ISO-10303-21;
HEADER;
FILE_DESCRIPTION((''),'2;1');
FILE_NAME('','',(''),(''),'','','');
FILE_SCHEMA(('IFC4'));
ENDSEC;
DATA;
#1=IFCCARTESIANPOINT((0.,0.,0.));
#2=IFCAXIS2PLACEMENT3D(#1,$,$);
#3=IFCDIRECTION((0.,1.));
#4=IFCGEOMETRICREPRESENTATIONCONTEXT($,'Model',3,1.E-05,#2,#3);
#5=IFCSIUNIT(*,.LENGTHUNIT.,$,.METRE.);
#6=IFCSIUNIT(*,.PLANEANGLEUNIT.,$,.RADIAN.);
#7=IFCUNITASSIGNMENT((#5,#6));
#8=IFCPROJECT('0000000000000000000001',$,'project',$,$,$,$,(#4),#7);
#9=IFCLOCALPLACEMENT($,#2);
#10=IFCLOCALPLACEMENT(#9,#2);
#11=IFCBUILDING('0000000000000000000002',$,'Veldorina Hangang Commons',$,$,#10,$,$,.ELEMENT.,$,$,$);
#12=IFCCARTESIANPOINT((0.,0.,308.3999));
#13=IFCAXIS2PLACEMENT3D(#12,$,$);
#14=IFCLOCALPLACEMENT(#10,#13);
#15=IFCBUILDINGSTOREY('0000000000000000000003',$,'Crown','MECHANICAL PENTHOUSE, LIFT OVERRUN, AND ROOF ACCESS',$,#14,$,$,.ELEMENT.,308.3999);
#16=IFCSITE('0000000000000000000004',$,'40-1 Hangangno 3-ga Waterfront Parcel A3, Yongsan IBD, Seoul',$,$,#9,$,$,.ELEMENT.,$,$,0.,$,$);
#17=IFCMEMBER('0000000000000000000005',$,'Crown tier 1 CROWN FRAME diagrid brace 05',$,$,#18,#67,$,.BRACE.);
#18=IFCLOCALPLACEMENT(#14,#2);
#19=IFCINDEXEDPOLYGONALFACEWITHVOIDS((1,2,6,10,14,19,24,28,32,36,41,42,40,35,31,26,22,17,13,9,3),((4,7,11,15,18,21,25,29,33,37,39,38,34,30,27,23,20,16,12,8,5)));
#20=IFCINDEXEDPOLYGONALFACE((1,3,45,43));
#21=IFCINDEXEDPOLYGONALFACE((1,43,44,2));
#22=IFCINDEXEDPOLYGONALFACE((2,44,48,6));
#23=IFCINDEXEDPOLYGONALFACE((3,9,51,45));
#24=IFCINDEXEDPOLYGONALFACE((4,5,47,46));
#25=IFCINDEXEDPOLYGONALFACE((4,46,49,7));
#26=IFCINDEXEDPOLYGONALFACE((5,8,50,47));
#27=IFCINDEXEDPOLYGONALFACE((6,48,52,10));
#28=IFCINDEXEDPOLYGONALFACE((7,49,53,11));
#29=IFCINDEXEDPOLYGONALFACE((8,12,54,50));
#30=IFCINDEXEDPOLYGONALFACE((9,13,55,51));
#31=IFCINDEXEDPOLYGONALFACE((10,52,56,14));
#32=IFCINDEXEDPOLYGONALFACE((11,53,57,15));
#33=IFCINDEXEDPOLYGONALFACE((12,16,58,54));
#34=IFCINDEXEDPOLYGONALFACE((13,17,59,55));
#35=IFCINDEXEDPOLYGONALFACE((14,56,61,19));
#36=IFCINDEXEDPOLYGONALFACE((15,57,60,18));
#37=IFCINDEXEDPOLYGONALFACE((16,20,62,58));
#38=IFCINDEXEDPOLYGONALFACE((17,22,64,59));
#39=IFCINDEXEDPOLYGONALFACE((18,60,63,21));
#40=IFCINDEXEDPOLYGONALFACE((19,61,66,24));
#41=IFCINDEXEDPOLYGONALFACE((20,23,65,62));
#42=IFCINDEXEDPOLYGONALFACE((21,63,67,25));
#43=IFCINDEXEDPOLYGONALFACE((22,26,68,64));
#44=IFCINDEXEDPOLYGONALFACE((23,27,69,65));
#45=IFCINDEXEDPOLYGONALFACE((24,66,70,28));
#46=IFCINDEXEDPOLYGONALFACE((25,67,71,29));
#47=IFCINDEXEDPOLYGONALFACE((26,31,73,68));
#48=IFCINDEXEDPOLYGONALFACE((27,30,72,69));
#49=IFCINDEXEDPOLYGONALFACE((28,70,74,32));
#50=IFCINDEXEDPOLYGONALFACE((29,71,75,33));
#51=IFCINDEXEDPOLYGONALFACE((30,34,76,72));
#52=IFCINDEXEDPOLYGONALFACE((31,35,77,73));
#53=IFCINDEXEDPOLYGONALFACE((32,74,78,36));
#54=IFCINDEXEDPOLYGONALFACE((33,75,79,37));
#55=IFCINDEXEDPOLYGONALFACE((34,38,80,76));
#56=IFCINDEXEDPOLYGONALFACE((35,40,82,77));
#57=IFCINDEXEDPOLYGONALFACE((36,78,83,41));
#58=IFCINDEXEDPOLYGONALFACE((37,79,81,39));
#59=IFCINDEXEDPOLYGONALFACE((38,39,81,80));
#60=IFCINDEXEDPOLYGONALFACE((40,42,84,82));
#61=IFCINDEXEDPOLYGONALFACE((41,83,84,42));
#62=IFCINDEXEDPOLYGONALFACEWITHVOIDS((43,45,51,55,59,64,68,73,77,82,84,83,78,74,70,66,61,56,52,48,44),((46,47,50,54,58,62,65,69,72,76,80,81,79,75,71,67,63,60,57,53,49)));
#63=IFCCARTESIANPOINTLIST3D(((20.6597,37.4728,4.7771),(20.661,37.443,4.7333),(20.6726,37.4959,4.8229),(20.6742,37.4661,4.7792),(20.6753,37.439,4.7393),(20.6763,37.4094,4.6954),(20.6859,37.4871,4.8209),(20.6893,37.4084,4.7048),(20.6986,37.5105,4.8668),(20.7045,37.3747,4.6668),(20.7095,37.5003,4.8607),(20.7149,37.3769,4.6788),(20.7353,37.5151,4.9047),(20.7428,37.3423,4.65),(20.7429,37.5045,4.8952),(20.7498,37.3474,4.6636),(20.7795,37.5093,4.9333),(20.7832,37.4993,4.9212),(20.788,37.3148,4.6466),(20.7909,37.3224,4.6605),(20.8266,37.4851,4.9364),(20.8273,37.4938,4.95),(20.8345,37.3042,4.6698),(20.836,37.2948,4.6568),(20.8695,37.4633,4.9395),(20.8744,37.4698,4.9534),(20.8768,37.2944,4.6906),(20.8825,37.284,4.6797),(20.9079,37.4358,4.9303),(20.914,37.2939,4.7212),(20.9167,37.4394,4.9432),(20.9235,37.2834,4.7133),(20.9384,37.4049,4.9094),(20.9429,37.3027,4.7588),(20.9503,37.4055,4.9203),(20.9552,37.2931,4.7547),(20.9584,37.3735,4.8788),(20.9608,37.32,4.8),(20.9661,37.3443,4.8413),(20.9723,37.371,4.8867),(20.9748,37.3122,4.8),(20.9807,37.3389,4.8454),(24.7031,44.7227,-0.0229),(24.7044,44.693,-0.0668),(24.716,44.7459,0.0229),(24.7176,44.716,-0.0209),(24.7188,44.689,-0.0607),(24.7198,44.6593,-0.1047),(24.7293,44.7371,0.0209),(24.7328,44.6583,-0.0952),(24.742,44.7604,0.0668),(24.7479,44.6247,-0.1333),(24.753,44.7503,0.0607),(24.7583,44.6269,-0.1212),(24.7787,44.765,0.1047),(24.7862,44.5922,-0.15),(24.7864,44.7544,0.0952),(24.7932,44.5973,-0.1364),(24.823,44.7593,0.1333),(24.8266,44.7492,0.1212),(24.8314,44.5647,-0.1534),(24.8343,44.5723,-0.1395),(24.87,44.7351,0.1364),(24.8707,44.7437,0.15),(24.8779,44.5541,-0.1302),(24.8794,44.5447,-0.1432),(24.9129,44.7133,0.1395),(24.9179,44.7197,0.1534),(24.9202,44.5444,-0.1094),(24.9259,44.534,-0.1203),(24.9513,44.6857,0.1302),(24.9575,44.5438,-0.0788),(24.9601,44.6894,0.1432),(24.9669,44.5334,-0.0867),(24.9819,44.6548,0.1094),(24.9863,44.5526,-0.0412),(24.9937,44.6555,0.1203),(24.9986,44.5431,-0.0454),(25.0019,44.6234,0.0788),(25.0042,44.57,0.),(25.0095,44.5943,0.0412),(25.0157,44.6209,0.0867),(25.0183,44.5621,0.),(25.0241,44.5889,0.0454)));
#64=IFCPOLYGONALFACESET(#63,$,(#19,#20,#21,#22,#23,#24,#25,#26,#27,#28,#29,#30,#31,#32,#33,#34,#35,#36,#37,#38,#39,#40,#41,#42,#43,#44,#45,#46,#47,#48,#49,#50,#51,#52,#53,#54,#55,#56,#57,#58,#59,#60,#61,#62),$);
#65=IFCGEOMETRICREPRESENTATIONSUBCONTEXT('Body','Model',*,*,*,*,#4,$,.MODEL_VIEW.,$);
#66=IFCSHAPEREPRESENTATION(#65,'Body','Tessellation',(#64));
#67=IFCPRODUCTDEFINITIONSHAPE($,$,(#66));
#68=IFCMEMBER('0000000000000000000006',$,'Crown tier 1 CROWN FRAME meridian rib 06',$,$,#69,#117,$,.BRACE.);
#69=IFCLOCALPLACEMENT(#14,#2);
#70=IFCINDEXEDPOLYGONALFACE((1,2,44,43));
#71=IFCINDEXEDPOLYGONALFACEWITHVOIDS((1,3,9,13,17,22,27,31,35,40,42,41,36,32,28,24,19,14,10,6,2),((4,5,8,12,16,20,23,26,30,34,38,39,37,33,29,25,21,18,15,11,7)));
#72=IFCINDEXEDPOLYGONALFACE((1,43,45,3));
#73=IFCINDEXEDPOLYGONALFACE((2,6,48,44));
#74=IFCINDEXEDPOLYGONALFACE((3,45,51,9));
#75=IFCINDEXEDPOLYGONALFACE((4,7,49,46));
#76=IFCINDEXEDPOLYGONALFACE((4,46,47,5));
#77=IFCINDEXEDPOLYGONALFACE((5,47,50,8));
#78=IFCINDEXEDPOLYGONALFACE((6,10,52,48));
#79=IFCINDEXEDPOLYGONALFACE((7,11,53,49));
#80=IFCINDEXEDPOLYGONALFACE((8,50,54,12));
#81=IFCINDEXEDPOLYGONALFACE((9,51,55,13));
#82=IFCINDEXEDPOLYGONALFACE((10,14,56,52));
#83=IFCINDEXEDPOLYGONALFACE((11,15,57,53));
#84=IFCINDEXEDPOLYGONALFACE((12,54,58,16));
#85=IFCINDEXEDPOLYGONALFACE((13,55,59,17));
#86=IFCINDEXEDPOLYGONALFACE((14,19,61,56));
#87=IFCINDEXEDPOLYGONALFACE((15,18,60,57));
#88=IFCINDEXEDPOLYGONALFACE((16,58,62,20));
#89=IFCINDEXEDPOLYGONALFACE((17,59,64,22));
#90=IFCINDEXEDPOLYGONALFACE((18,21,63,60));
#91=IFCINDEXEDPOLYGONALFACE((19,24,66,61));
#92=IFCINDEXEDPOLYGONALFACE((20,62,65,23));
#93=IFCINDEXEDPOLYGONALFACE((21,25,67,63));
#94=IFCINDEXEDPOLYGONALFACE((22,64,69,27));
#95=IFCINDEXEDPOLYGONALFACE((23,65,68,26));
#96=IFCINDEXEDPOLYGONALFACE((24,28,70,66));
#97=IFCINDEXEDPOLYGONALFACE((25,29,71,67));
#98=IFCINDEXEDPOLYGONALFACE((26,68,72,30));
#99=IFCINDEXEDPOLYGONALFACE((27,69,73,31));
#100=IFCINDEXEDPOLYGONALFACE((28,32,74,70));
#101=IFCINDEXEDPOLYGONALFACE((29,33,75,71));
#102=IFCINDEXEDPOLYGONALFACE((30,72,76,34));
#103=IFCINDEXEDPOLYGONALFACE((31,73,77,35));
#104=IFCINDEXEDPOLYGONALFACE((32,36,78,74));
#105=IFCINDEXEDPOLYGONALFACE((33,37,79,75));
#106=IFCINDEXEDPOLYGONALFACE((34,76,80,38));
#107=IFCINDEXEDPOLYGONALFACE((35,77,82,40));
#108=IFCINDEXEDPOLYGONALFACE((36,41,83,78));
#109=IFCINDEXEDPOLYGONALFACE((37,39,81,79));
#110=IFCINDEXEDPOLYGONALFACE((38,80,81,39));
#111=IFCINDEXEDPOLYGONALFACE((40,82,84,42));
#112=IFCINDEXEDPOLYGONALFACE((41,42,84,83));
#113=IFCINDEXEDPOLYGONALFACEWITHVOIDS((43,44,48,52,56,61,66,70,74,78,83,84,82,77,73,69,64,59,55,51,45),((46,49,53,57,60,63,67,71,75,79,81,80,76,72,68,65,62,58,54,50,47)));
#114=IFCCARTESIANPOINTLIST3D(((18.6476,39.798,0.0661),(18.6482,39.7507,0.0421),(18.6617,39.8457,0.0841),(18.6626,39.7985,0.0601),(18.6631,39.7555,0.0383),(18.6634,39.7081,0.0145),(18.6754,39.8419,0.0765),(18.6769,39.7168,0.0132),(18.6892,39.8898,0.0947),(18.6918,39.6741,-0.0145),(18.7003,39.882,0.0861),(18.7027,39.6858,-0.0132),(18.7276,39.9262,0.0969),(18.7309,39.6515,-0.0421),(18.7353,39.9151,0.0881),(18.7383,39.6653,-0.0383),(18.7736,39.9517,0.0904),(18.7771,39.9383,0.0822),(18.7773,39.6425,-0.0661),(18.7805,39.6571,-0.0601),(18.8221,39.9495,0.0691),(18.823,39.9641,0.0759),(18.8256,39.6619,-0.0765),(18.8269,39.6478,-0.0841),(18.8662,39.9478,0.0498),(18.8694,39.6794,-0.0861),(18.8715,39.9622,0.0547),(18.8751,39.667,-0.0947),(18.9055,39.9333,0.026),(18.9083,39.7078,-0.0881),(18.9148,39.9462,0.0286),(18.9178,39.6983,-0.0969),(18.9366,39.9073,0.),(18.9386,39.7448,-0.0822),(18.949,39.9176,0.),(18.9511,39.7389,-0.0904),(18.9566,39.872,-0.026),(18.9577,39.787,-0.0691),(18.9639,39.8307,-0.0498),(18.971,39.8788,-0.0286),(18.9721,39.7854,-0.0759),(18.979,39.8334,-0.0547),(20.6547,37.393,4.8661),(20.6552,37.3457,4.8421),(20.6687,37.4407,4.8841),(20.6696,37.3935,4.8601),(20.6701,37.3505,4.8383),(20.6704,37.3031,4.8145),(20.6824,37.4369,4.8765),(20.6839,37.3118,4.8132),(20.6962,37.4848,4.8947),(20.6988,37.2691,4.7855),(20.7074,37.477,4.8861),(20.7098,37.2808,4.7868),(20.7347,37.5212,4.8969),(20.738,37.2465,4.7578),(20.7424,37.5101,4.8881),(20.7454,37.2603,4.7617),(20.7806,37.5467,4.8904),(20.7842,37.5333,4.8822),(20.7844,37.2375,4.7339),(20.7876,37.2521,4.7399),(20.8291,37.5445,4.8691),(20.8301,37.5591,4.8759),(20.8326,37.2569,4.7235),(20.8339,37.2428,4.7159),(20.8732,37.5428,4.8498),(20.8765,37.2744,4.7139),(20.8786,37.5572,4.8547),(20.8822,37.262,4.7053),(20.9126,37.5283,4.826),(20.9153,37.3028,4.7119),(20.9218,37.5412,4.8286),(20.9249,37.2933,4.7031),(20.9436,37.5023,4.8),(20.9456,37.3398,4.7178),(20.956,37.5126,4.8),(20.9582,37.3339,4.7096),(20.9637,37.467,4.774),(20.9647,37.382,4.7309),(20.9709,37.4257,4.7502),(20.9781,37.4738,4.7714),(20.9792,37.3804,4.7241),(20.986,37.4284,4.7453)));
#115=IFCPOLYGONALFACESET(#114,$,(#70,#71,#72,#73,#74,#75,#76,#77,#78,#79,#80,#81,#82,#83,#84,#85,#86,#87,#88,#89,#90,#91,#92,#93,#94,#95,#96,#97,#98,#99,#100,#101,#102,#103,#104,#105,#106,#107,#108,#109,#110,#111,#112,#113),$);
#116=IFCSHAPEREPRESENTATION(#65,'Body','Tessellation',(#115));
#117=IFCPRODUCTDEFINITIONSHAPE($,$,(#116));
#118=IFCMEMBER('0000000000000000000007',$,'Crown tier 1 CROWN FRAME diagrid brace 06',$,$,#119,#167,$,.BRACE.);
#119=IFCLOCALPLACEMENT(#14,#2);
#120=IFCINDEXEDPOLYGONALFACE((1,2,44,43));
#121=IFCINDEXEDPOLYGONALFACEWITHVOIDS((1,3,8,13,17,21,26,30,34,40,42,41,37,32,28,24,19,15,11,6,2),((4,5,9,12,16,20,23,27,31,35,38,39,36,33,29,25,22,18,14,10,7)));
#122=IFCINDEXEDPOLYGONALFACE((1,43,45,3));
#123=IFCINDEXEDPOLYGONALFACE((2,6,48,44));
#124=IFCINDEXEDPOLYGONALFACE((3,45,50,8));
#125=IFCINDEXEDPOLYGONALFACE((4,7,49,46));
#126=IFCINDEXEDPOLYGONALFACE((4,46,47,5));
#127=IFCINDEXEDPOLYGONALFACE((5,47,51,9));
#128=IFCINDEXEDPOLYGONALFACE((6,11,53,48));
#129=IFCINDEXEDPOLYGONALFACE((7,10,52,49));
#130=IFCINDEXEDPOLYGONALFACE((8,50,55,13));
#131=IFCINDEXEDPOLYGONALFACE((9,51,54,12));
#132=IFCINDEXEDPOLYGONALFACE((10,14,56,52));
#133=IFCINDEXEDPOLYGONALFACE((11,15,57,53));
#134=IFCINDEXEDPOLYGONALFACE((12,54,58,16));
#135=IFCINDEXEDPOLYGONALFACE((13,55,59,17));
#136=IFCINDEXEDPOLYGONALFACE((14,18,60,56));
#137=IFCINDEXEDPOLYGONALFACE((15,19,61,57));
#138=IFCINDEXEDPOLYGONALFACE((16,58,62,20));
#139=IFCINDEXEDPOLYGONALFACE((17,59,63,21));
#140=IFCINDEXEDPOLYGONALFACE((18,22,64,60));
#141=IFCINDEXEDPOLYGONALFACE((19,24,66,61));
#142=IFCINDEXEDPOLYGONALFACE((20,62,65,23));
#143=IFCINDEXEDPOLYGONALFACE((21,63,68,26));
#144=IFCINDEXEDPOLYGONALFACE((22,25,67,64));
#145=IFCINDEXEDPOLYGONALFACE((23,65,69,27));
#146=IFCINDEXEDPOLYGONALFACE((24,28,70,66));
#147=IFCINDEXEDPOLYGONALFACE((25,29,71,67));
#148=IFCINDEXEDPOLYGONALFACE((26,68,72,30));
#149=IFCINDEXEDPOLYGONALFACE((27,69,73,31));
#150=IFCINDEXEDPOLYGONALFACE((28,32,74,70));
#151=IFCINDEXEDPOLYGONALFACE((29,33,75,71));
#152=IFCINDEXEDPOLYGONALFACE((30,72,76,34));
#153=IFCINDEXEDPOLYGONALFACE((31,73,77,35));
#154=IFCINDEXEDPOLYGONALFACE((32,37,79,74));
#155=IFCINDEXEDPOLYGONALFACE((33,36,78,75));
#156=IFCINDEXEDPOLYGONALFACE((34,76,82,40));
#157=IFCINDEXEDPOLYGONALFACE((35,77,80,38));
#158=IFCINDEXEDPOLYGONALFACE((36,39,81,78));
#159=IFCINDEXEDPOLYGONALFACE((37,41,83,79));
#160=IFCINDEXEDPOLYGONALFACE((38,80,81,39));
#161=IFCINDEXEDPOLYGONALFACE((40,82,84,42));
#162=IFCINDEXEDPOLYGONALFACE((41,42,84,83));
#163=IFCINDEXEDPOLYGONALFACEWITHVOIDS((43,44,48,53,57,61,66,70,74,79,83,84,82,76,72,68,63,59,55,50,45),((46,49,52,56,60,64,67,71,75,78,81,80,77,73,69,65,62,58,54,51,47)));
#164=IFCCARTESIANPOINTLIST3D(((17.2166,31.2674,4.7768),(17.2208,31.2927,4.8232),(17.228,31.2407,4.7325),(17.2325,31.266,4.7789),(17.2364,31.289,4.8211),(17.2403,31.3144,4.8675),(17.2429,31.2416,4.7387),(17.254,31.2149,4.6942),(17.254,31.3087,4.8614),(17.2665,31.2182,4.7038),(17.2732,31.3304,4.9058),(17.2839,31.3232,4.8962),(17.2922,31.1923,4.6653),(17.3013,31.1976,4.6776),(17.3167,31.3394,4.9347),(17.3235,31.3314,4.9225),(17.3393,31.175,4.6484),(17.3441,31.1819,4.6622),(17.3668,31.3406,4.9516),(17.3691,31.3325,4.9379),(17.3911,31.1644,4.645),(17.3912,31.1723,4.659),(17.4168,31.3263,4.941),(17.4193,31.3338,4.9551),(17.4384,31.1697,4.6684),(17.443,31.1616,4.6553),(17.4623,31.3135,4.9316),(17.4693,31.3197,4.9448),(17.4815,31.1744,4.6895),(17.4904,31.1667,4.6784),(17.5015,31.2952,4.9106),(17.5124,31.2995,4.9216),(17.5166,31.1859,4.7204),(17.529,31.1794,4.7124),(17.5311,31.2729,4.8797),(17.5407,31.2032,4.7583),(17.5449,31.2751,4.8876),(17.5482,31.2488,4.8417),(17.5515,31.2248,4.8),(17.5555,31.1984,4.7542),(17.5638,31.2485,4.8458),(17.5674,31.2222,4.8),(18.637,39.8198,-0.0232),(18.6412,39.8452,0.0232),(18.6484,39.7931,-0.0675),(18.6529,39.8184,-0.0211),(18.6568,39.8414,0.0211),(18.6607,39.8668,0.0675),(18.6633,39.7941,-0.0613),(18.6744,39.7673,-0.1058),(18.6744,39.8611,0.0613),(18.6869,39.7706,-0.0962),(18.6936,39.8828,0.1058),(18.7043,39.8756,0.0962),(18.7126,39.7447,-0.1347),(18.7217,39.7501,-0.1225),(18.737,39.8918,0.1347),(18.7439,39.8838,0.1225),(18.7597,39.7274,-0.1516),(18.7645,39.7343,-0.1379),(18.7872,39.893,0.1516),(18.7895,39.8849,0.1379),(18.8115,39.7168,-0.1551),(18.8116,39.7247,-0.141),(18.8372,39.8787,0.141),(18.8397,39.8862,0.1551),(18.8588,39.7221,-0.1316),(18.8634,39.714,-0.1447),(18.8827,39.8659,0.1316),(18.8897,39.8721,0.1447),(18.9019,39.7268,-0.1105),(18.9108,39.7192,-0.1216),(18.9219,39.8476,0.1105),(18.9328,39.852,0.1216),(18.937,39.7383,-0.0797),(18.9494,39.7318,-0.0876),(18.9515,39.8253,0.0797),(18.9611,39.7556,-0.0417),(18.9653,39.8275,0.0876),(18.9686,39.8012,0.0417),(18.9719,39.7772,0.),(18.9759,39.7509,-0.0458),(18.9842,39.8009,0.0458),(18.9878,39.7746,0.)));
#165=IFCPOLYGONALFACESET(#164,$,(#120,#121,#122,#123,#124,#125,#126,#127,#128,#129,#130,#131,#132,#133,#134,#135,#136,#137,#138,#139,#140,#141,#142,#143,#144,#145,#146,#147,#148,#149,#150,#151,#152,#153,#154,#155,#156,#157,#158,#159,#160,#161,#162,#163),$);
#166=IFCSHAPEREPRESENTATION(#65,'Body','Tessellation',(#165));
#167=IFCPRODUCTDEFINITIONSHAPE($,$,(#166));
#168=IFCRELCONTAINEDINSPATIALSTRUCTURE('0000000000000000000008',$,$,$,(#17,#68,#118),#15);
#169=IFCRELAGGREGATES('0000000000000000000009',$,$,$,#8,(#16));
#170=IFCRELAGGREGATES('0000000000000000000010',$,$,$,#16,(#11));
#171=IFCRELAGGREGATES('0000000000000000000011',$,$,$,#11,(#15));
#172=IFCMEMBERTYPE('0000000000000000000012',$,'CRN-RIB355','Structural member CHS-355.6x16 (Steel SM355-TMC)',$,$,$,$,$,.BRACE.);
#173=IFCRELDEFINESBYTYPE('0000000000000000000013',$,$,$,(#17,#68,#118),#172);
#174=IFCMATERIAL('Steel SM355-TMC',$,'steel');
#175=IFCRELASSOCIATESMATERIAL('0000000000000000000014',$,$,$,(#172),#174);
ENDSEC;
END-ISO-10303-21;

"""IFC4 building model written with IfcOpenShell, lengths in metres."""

from ifc_helpers import new_model, si_unit, direction, frame, origin, origin_2d, place, context, subcontext, project, spatial, hollow_circle, extrude, material, material_profile, profile_set, type_object, element, save


model = new_model("IFC4")

# Units and contexts
model_context = context("Model", 3, precision=1e-05, world=origin(), true_north=direction((0.0, 1.0)))
body_context = subcontext(model_context, "Body", "Model", "MODEL_VIEW")
ifc_project = project(units=[si_unit("LENGTHUNIT", "METRE"), si_unit("PLANEANGLEUNIT", "RADIAN")], contexts=[model_context])

# Site, building, storey
site_placement = place(None, origin())
site = spatial("IfcSite", under=ifc_project, at=site_placement, Name="40-1 Hangangno 3-ga Waterfront Parcel A3, Yongsan IBD, Seoul", CompositionType="ELEMENT", RefElevation=0.0)
building_placement = place(site_placement, origin())
building = spatial("IfcBuilding", under=site, at=building_placement, Name="Veldorina Hangang Commons", CompositionType="ELEMENT")
storey_placement = place(building_placement, frame((0.0, 0.0, 308.3999)))
storey = spatial("IfcBuildingStorey", under=building, at=storey_placement, Name="Crown", Description="MECHANICAL PENTHOUSE, LIFT OVERRUN, AND ROOF ACCESS", CompositionType="ELEMENT", Elevation=308.3999)

# Members
ifc_material_1 = material(Name="Steel SM355-TMC", Category="steel")
ifc_material_profile_1 = material_profile(ifc_material_1, hollow_circle(Radius=0.1777, WallThickness=0.0161, at=origin_2d()), Name="CHS-355.6x16")
ifc_profile_set_1 = profile_set([ifc_material_profile_1], Name="Steel SM355-TMC")
member_type_1 = type_object("IfcMemberType", Name="CRN-RIB355", Description="Structural member CHS-355.6x16 (Steel SM355-TMC)", PredefinedType="BRACE", material=ifc_profile_set_1)
member_1_placement = place(storey_placement, frame((24.863, 44.6487, 0.0), z_axis=(-0.421668, -0.75606, 0.500569), x_axis=(0.873354, -0.487086, 0.0)))
element("IfcMember", 1, at=member_1_placement, inside=storey, type_object=member_type_1, Name="Crown tier 1 CROWN FRAME diagrid brace 05", PredefinedType="BRACE", context=body_context, shape_type="SweptSolid", body=[
    extrude(hollow_circle(Radius=0.1777, WallThickness=0.0161, at=origin_2d()), origin(), (0.0, 0.0, 1.0), 9.5891),
])
member_2_placement = place(storey_placement, frame((18.8125, 39.8037, 0.0), z_axis=(0.350169, -0.419597, 0.837448), x_axis=(0.767768, 0.640729, 0.0)))
element("IfcMember", 2, at=member_2_placement, inside=storey, type_object=member_type_1, Name="Crown tier 1 CROWN FRAME meridian rib 06", PredefinedType="BRACE", context=body_context, shape_type="SweptSolid", body=[
    extrude(hollow_circle(Radius=0.1777, WallThickness=0.0161, at=origin_2d()), origin(), (0.0, 0.0, 1.0), 5.7317),
])
member_3_placement = place(storey_placement, frame((18.8125, 39.8037, 0.0), z_axis=(-0.143335, -0.863038, 0.484376), x_axis=(0.986487, -0.163837, 0.0)))
element("IfcMember", 3, at=member_3_placement, inside=storey, type_object=member_type_1, Name="Crown tier 1 CROWN FRAME diagrid brace 06", PredefinedType="BRACE", context=body_context, shape_type="SweptSolid", body=[
    extrude(hollow_circle(Radius=0.1777, WallThickness=0.0161, at=origin_2d()), origin(), (0.0, 0.0, 1.0), 9.9097),
])

save(model, "model.ifc")
